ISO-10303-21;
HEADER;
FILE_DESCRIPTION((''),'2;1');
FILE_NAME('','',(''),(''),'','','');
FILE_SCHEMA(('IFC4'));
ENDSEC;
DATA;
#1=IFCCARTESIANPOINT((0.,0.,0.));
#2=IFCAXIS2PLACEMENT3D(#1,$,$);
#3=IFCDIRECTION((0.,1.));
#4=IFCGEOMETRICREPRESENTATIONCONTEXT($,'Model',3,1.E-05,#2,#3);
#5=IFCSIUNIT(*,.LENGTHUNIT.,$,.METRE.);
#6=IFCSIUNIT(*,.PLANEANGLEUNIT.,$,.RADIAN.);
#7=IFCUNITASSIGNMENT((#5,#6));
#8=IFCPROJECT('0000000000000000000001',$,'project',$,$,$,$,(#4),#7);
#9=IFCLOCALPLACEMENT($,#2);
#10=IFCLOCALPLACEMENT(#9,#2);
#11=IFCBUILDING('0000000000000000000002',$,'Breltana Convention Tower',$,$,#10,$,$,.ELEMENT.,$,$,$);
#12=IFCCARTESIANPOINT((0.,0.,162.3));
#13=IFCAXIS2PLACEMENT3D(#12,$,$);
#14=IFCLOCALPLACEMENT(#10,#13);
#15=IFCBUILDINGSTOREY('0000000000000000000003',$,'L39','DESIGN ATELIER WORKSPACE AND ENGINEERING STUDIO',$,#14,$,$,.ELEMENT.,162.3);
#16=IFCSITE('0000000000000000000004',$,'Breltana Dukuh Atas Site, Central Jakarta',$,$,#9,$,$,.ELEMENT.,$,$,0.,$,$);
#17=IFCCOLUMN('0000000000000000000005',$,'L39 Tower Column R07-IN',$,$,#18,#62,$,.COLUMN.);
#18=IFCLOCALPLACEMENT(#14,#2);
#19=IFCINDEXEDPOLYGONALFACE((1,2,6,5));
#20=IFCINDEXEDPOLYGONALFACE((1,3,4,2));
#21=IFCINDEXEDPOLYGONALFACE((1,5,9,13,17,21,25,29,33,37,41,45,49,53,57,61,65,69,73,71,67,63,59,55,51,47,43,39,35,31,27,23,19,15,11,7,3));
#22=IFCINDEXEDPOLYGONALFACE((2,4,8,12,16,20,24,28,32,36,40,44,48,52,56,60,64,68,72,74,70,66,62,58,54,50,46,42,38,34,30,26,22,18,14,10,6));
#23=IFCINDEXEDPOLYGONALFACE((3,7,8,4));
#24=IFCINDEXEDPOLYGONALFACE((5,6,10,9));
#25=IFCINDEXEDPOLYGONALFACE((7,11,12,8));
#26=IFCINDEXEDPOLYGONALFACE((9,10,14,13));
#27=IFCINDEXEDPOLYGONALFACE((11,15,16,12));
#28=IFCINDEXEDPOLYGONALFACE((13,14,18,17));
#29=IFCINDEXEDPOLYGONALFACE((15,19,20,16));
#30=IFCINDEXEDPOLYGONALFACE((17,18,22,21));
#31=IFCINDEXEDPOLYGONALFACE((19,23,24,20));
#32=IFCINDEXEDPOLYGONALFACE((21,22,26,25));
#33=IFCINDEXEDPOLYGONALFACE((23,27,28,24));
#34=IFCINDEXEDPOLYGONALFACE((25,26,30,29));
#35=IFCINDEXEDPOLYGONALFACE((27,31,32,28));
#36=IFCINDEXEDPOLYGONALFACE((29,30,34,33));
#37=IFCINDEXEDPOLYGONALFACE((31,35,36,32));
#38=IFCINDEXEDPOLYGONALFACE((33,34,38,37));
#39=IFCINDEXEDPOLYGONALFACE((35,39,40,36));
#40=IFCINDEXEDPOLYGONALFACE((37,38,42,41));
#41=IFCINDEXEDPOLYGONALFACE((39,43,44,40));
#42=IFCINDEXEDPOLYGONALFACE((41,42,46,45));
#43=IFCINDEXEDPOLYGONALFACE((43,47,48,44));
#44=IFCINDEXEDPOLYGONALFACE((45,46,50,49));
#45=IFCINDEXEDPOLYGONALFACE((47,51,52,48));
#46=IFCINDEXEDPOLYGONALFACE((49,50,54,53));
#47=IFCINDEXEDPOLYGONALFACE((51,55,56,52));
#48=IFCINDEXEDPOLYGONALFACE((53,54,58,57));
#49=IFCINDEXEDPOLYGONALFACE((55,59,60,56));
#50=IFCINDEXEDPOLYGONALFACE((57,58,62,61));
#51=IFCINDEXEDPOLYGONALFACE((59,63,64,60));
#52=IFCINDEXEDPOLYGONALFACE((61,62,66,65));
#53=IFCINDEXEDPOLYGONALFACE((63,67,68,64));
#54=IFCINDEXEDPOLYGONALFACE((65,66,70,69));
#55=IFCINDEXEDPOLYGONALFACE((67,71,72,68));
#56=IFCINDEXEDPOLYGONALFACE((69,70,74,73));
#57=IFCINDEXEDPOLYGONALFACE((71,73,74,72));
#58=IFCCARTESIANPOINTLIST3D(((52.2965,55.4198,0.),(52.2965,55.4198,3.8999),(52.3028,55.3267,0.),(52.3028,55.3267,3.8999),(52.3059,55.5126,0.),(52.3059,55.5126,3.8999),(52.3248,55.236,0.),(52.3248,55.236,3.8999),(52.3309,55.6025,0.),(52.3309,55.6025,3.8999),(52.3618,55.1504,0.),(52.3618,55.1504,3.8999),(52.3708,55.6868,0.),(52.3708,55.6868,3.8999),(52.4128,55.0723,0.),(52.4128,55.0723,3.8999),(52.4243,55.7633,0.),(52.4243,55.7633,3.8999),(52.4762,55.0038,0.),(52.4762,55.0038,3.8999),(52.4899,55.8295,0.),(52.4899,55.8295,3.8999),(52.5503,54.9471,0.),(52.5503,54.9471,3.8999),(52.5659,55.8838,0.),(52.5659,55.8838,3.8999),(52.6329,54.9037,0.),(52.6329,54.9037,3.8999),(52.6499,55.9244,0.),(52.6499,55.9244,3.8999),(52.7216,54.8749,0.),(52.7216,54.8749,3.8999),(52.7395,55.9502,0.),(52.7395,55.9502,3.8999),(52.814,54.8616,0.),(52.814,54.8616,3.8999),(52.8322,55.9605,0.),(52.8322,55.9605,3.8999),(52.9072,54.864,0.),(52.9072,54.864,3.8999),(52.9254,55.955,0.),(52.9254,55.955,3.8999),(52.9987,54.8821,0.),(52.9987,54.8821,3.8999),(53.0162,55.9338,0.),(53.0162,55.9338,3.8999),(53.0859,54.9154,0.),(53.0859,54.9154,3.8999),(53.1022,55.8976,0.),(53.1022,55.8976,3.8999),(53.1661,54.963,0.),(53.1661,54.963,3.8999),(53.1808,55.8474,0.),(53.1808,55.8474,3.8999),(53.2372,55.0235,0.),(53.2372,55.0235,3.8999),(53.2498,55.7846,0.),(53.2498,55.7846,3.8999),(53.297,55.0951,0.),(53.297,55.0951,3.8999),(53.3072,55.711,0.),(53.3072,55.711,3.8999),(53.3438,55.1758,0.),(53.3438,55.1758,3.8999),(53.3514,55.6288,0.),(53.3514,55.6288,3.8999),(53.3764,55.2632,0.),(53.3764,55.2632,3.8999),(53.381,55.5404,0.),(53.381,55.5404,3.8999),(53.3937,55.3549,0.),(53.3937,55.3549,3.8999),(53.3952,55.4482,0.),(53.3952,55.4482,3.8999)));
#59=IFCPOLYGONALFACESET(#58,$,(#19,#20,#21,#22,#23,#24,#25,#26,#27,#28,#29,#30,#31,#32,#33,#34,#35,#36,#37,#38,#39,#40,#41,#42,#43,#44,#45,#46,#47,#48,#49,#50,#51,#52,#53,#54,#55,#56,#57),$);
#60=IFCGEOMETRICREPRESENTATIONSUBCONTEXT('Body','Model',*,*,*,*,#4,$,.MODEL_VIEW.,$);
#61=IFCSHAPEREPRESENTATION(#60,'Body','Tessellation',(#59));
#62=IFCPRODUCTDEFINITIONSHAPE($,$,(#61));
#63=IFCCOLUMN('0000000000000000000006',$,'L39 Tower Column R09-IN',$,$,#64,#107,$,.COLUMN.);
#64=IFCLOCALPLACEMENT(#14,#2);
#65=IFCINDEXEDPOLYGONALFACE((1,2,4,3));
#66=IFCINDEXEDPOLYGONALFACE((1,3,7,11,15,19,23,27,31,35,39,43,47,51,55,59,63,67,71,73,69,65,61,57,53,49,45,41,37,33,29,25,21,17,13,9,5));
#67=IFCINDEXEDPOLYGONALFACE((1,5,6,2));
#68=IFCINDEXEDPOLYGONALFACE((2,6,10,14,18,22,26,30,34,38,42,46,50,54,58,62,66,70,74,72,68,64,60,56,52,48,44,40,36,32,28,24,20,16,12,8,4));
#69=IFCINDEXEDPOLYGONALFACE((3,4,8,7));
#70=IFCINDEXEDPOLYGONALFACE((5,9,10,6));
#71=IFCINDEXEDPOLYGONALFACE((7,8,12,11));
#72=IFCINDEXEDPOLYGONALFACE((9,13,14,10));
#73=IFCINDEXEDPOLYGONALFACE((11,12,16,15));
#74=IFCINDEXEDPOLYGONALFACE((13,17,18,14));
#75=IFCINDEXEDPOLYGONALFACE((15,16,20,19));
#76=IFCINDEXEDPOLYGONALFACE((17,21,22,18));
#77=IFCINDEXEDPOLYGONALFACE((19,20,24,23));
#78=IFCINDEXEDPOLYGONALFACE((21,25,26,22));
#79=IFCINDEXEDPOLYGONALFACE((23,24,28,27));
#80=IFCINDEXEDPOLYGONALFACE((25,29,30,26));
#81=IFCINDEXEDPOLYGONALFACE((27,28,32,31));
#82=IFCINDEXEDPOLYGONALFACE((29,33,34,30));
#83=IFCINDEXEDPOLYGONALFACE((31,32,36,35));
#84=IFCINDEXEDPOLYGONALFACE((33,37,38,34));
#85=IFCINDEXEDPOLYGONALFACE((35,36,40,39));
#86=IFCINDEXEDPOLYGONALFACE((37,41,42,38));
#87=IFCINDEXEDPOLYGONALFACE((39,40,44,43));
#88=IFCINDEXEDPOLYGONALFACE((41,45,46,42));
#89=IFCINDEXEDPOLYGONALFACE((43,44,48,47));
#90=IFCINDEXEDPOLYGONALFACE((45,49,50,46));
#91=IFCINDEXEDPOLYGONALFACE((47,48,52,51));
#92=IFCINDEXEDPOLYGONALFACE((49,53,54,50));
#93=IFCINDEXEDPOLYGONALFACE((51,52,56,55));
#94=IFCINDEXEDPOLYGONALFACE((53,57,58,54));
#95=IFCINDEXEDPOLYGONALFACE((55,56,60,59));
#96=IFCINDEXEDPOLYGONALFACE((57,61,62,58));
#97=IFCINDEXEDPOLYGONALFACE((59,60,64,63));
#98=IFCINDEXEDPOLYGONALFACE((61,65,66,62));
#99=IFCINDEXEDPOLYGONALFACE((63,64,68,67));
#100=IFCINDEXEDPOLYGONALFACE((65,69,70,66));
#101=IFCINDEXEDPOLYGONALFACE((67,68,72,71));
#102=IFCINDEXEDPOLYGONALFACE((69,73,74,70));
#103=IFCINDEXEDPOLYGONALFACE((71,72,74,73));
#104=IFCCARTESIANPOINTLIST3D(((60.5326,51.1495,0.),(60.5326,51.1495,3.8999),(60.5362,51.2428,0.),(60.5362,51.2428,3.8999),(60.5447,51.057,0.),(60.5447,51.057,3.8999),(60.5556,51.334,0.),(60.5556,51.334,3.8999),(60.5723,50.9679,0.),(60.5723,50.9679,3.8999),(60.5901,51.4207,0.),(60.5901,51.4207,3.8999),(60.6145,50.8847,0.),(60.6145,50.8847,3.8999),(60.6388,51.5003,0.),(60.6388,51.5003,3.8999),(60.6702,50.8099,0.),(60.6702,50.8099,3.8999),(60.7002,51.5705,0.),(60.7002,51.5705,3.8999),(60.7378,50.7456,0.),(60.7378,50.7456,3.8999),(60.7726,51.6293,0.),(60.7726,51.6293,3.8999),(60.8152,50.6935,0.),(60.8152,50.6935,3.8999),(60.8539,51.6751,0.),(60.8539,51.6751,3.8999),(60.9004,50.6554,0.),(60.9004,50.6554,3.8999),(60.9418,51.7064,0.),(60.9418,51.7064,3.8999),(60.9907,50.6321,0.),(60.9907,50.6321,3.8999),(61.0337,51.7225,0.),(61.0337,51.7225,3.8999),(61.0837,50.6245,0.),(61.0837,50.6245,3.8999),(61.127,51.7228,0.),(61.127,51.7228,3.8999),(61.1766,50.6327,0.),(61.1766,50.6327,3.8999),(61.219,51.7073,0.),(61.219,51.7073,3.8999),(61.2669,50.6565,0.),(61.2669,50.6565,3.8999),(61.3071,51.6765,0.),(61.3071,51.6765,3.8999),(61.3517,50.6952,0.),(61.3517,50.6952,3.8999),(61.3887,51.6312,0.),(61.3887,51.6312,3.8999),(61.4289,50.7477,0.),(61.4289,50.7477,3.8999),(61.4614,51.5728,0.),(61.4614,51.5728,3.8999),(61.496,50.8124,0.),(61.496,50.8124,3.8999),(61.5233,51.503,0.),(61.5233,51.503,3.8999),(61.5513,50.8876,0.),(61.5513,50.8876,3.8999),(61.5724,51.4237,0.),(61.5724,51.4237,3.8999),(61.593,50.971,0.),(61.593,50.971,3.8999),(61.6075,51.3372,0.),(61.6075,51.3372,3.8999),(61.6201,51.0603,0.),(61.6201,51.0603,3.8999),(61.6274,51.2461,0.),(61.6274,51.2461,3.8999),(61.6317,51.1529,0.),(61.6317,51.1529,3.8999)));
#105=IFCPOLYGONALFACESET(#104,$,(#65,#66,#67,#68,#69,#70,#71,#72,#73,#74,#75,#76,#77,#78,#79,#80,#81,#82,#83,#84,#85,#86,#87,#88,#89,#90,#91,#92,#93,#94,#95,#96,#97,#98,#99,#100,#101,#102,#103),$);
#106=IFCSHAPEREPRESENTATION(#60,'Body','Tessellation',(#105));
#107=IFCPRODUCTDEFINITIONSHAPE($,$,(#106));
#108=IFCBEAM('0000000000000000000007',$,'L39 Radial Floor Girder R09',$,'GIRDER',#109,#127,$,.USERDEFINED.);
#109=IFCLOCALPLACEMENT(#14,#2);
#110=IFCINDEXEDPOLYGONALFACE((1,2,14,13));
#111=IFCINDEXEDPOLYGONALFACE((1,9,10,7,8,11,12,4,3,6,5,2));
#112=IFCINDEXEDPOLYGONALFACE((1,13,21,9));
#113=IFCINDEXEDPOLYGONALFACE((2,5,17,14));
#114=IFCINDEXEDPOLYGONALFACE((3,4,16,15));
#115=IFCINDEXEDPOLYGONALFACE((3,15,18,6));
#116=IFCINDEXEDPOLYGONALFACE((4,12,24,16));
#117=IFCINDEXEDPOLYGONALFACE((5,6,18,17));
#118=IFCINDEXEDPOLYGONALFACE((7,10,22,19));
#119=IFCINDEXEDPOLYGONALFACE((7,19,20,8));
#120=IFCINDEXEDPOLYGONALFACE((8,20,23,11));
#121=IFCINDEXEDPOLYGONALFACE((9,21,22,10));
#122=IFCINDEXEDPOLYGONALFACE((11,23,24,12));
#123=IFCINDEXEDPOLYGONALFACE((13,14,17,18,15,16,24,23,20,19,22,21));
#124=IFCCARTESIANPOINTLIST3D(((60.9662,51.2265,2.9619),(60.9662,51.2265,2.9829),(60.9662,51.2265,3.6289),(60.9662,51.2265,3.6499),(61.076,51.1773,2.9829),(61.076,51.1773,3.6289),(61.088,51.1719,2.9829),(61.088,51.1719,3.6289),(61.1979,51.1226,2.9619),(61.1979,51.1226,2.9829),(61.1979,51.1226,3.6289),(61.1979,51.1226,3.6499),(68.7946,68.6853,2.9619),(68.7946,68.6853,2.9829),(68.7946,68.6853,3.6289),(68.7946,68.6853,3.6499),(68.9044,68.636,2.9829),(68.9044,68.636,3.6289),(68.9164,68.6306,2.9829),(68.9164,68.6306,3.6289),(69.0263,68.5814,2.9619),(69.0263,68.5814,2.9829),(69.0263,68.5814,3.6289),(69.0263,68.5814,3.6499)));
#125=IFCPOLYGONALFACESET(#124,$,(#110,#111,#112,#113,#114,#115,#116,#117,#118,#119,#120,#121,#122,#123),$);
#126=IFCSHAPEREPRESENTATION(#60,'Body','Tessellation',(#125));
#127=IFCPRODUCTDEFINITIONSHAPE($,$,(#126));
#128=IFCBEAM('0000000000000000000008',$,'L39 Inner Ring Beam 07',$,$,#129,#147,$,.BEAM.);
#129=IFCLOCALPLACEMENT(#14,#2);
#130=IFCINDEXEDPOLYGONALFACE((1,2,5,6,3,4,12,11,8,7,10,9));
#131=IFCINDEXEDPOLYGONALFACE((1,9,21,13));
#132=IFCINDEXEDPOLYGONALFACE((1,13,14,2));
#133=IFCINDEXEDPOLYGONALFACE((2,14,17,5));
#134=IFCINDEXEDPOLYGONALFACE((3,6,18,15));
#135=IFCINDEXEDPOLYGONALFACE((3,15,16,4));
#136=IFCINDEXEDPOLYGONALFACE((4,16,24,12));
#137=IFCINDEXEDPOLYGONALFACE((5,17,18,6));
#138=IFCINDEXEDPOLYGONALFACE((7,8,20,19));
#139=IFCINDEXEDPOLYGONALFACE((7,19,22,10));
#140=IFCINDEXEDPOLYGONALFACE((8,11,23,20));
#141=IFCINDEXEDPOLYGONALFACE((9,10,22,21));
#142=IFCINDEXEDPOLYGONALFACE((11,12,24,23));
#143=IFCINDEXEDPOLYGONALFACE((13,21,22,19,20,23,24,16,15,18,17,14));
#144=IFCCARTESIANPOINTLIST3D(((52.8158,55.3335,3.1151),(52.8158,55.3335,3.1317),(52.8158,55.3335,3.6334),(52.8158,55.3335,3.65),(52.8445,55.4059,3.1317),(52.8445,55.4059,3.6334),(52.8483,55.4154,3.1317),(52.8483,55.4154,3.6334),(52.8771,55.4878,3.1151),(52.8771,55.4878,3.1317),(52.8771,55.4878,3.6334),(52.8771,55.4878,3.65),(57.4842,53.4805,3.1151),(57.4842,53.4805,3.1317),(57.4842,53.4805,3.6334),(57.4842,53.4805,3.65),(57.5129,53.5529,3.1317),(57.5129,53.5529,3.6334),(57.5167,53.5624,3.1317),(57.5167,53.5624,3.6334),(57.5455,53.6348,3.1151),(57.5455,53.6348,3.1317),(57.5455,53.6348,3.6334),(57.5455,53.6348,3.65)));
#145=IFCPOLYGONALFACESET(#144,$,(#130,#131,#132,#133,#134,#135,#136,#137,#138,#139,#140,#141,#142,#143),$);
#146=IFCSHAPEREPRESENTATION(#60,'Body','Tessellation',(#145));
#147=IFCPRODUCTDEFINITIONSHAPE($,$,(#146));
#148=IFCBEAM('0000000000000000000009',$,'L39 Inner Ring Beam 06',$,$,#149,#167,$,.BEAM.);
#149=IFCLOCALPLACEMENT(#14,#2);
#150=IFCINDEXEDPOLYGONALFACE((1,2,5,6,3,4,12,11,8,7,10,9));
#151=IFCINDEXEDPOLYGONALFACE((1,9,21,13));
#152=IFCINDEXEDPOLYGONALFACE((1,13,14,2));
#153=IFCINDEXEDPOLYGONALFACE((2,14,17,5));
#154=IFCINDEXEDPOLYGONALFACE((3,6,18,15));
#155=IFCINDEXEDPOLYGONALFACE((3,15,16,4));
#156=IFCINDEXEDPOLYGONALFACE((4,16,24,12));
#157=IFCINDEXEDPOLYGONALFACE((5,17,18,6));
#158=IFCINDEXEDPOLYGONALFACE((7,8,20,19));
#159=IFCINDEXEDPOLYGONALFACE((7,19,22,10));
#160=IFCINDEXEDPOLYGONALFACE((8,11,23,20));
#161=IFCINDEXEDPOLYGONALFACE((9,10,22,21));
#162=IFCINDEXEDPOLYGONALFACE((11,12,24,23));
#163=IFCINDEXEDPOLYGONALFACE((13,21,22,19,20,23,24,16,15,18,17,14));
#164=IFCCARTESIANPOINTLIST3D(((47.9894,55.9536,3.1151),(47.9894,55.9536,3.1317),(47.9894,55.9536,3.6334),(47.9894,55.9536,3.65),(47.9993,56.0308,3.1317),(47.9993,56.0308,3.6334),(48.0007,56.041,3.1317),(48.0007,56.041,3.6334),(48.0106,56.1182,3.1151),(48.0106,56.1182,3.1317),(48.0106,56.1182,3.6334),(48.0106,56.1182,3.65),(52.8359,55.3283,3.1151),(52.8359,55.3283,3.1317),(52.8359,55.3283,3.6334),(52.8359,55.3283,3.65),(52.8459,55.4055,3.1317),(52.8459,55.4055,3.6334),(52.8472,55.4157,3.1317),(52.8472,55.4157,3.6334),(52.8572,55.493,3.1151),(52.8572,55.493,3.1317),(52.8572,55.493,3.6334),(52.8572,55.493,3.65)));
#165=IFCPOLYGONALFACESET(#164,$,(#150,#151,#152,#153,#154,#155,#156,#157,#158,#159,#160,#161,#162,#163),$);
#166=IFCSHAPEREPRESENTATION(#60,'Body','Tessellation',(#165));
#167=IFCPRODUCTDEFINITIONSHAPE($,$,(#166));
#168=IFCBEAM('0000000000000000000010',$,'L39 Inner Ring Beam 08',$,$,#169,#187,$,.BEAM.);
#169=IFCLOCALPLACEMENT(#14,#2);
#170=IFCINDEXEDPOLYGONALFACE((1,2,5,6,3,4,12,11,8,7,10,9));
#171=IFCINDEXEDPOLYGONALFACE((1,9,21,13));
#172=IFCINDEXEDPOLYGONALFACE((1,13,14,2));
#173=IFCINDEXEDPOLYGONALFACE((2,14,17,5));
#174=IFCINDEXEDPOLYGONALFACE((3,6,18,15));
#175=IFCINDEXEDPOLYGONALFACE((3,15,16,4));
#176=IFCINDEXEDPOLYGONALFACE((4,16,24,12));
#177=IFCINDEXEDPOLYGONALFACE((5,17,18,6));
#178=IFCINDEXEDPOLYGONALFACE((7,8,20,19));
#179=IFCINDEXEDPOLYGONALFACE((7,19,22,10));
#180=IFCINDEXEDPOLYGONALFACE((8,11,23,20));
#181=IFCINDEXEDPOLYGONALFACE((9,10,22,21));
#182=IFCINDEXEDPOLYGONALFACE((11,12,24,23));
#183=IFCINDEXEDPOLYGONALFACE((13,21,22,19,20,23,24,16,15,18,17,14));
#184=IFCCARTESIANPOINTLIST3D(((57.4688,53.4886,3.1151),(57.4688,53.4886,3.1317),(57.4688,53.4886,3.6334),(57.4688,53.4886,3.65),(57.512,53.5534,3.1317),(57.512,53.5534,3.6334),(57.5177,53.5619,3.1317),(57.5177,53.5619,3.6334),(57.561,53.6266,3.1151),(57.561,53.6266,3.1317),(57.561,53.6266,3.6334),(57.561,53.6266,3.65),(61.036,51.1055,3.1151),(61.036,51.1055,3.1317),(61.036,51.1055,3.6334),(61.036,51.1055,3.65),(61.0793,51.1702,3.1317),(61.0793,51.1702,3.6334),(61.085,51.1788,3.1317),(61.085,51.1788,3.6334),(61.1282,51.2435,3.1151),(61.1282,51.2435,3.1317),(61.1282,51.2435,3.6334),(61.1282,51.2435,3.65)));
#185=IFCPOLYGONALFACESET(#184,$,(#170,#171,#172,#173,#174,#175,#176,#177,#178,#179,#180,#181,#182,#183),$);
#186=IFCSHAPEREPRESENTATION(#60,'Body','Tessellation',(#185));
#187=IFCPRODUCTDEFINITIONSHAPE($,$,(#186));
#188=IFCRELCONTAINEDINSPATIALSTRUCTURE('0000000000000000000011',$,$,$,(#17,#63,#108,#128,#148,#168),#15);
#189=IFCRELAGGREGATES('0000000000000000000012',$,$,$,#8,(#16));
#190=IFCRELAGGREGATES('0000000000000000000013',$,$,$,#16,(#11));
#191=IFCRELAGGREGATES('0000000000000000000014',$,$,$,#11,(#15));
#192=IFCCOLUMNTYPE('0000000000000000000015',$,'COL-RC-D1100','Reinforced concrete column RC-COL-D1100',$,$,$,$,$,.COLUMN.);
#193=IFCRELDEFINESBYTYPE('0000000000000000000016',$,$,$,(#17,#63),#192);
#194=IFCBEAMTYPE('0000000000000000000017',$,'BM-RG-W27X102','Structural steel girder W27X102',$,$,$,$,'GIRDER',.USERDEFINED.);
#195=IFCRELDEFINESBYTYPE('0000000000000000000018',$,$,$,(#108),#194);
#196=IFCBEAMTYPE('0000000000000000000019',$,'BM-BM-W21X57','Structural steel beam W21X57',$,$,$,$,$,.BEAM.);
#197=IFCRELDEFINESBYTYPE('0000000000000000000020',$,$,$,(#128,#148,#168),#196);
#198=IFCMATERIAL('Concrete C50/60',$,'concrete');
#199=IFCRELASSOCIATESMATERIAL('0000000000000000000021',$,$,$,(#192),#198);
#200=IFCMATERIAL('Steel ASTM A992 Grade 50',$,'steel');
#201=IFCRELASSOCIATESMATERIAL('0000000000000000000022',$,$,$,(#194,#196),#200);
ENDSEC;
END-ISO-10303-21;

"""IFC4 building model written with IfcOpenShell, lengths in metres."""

from ifc_helpers import new_model, si_unit, direction, frame, origin, origin_2d, place, context, subcontext, project, spatial, circle, i_section, extrude, source, transform, mapped, material, material_profile, profile_set, type_object, element, save


model = new_model("IFC4")

# Units and contexts
model_context = context("Model", 3, precision=1e-05, world=origin(), true_north=direction((0.0, 1.0)))
body_context = subcontext(model_context, "Body", "Model", "MODEL_VIEW")
ifc_project = project(units=[si_unit("LENGTHUNIT", "METRE"), si_unit("PLANEANGLEUNIT", "RADIAN")], contexts=[model_context])

# Site, building, storey
site_placement = place(None, origin())
site = spatial("IfcSite", under=ifc_project, at=site_placement, Name="Breltana Dukuh Atas Site, Central Jakarta", CompositionType="ELEMENT", RefElevation=0.0)
building_placement = place(site_placement, origin())
building = spatial("IfcBuilding", under=site, at=building_placement, Name="Breltana Convention Tower", CompositionType="ELEMENT")
storey_placement = place(building_placement, frame((0.0, 0.0, 162.3)))
storey = spatial("IfcBuildingStorey", under=building, at=storey_placement, Name="L39", Description="DESIGN ATELIER WORKSPACE AND ENGINEERING STUDIO", CompositionType="ELEMENT", Elevation=162.3)

# Columns
ifc_material_1 = material(Name="Concrete C50/60", Category="concrete")
ifc_material_profile_1 = material_profile(ifc_material_1, circle(Radius=0.55, at=origin_2d()), Name="RC-COL-D1100")
ifc_profile_set_1 = profile_set([ifc_material_profile_1], Name="Concrete C50/60")
column_type = type_object("IfcColumnType", Name="COL-RC-D1100", Description="Reinforced concrete column RC-COL-D1100", PredefinedType="COLUMN", material=ifc_profile_set_1)
shared_shape_1 = source(origin(), body_context, "Body", "SweptSolid", [
    extrude(circle(Radius=0.55, at=origin_2d()), origin(), (0.0, 0.0, 1.0), 3.8999),
])
for number, where, z_axis, x_axis, name in (
    (1, (52.8464, 55.4106, 0.0), (0.0, 0.0, 1.0), (0.143493, 0.989651, 0.0), "L39 Tower Column R07-IN"),
    (2, (61.082, 51.1746, 0.0), (0.0, 0.0, 1.0), (0.409127, 0.912477, 0.0), "L39 Tower Column R09-IN"),
):
    element("IfcColumn", number, at=place(storey_placement, frame(where, z_axis=z_axis, x_axis=x_axis)), inside=storey, type_object=column_type, Name=name, PredefinedType="COLUMN", context=body_context, shape_type="MappedRepresentation", body=[
        mapped(shared_shape_1, transform((0.0, 0.0, 0.0), scale=1.0)),
    ])

# Beams
ifc_material_2 = material(Name="Steel ASTM A992 Grade 50", Category="steel")
ifc_material_profile_2 = material_profile(ifc_material_2, i_section(OverallWidth=0.2539, OverallDepth=0.688, WebThickness=0.0132, FlangeThickness=0.021, at=origin_2d()), Name="W27X102")
ifc_profile_set_2 = profile_set([ifc_material_profile_2], Name="Steel ASTM A992 Grade 50")
beam_type_1 = type_object("IfcBeamType", Name="BM-RG-W27X102", Description="Structural steel girder W27X102", ElementType="GIRDER", PredefinedType="USERDEFINED", material=ifc_profile_set_2)
shared_shape_2 = source(origin(), body_context, "Body", "SweptSolid", [
    extrude(i_section(OverallWidth=0.2539, OverallDepth=0.688, WebThickness=0.0132, FlangeThickness=0.021, at=origin_2d()), origin(), (0.0, 0.0, 1.0), 19.1335),
])
beam_1_placement = place(storey_placement, frame((61.082, 51.1746, 3.3059), z_axis=(0.409145, 0.91247, 0.0), x_axis=(-0.91247, 0.409145, 0.0)))
element("IfcBeam", 3, at=beam_1_placement, inside=storey, type_object=beam_type_1, Name="L39 Radial Floor Girder R09", ObjectType="GIRDER", PredefinedType="USERDEFINED", context=body_context, shape_type="MappedRepresentation", body=[
    mapped(shared_shape_2, transform((0.0, 0.0, 0.0), scale=1.0)),
])
ifc_material_profile_3 = material_profile(ifc_material_2, i_section(OverallWidth=0.166, OverallDepth=0.5349, WebThickness=0.0103, FlangeThickness=0.0166, at=origin_2d()), Name="W21X57")
ifc_profile_set_3 = profile_set([ifc_material_profile_3], Name="Steel ASTM A992 Grade 50")
beam_type_2 = type_object("IfcBeamType", Name="BM-BM-W21X57", Description="Structural steel beam W21X57", PredefinedType="BEAM", material=ifc_profile_set_3)
shared_shape_3 = source(origin(), body_context, "Body", "SweptSolid", [
    extrude(i_section(OverallWidth=0.166, OverallDepth=0.5349, WebThickness=0.0103, FlangeThickness=0.0166, at=origin_2d()), origin(), (0.0, 0.0, 1.0), 5.0227),
])
beam_2_placement = place(storey_placement, frame((52.8464, 55.4106, 3.3826), z_axis=(0.929459, -0.368926, 0.0), x_axis=(0.368926, 0.929459, 0.0)))
element("IfcBeam", 4, at=beam_2_placement, inside=storey, type_object=beam_type_2, Name="L39 Inner Ring Beam 07", PredefinedType="BEAM", context=body_context, shape_type="MappedRepresentation", body=[
    mapped(shared_shape_3, transform((0.0, 0.0, 0.0), scale=1.0)),
])
shared_shape_4 = source(origin(), body_context, "Body", "SweptSolid", [
    extrude(i_section(OverallWidth=0.166, OverallDepth=0.5349, WebThickness=0.0103, FlangeThickness=0.0166, at=origin_2d()), origin(), (0.0, 0.0, 1.0), 4.8867),
])
beam_3_placement = place(storey_placement, frame((48.0, 56.0359, 3.3826), z_axis=(0.991781, -0.127951, 0.0), x_axis=(0.127951, 0.991781, 0.0)))
element("IfcBeam", 5, at=beam_3_placement, inside=storey, type_object=beam_type_2, Name="L39 Inner Ring Beam 06", PredefinedType="BEAM", context=body_context, shape_type="MappedRepresentation", body=[
    mapped(shared_shape_4, transform((0.0, 0.0, 0.0), scale=1.0)),
])
shared_shape_5 = source(origin(), body_context, "Body", "SweptSolid", [
    extrude(i_section(OverallWidth=0.166, OverallDepth=0.5349, WebThickness=0.0103, FlangeThickness=0.0166, at=origin_2d()), origin(), (0.0, 0.0, 1.0), 4.29),
])
beam_4_placement = place(storey_placement, frame((57.5149, 53.5576, 3.3826), z_axis=(0.831516, -0.555501, 0.0), x_axis=(0.555501, 0.831516, 0.0)))
element("IfcBeam", 6, at=beam_4_placement, inside=storey, type_object=beam_type_2, Name="L39 Inner Ring Beam 08", PredefinedType="BEAM", context=body_context, shape_type="MappedRepresentation", body=[
    mapped(shared_shape_5, transform((0.0, 0.0, 0.0), scale=1.0)),
])

save(model, "model.ifc")
